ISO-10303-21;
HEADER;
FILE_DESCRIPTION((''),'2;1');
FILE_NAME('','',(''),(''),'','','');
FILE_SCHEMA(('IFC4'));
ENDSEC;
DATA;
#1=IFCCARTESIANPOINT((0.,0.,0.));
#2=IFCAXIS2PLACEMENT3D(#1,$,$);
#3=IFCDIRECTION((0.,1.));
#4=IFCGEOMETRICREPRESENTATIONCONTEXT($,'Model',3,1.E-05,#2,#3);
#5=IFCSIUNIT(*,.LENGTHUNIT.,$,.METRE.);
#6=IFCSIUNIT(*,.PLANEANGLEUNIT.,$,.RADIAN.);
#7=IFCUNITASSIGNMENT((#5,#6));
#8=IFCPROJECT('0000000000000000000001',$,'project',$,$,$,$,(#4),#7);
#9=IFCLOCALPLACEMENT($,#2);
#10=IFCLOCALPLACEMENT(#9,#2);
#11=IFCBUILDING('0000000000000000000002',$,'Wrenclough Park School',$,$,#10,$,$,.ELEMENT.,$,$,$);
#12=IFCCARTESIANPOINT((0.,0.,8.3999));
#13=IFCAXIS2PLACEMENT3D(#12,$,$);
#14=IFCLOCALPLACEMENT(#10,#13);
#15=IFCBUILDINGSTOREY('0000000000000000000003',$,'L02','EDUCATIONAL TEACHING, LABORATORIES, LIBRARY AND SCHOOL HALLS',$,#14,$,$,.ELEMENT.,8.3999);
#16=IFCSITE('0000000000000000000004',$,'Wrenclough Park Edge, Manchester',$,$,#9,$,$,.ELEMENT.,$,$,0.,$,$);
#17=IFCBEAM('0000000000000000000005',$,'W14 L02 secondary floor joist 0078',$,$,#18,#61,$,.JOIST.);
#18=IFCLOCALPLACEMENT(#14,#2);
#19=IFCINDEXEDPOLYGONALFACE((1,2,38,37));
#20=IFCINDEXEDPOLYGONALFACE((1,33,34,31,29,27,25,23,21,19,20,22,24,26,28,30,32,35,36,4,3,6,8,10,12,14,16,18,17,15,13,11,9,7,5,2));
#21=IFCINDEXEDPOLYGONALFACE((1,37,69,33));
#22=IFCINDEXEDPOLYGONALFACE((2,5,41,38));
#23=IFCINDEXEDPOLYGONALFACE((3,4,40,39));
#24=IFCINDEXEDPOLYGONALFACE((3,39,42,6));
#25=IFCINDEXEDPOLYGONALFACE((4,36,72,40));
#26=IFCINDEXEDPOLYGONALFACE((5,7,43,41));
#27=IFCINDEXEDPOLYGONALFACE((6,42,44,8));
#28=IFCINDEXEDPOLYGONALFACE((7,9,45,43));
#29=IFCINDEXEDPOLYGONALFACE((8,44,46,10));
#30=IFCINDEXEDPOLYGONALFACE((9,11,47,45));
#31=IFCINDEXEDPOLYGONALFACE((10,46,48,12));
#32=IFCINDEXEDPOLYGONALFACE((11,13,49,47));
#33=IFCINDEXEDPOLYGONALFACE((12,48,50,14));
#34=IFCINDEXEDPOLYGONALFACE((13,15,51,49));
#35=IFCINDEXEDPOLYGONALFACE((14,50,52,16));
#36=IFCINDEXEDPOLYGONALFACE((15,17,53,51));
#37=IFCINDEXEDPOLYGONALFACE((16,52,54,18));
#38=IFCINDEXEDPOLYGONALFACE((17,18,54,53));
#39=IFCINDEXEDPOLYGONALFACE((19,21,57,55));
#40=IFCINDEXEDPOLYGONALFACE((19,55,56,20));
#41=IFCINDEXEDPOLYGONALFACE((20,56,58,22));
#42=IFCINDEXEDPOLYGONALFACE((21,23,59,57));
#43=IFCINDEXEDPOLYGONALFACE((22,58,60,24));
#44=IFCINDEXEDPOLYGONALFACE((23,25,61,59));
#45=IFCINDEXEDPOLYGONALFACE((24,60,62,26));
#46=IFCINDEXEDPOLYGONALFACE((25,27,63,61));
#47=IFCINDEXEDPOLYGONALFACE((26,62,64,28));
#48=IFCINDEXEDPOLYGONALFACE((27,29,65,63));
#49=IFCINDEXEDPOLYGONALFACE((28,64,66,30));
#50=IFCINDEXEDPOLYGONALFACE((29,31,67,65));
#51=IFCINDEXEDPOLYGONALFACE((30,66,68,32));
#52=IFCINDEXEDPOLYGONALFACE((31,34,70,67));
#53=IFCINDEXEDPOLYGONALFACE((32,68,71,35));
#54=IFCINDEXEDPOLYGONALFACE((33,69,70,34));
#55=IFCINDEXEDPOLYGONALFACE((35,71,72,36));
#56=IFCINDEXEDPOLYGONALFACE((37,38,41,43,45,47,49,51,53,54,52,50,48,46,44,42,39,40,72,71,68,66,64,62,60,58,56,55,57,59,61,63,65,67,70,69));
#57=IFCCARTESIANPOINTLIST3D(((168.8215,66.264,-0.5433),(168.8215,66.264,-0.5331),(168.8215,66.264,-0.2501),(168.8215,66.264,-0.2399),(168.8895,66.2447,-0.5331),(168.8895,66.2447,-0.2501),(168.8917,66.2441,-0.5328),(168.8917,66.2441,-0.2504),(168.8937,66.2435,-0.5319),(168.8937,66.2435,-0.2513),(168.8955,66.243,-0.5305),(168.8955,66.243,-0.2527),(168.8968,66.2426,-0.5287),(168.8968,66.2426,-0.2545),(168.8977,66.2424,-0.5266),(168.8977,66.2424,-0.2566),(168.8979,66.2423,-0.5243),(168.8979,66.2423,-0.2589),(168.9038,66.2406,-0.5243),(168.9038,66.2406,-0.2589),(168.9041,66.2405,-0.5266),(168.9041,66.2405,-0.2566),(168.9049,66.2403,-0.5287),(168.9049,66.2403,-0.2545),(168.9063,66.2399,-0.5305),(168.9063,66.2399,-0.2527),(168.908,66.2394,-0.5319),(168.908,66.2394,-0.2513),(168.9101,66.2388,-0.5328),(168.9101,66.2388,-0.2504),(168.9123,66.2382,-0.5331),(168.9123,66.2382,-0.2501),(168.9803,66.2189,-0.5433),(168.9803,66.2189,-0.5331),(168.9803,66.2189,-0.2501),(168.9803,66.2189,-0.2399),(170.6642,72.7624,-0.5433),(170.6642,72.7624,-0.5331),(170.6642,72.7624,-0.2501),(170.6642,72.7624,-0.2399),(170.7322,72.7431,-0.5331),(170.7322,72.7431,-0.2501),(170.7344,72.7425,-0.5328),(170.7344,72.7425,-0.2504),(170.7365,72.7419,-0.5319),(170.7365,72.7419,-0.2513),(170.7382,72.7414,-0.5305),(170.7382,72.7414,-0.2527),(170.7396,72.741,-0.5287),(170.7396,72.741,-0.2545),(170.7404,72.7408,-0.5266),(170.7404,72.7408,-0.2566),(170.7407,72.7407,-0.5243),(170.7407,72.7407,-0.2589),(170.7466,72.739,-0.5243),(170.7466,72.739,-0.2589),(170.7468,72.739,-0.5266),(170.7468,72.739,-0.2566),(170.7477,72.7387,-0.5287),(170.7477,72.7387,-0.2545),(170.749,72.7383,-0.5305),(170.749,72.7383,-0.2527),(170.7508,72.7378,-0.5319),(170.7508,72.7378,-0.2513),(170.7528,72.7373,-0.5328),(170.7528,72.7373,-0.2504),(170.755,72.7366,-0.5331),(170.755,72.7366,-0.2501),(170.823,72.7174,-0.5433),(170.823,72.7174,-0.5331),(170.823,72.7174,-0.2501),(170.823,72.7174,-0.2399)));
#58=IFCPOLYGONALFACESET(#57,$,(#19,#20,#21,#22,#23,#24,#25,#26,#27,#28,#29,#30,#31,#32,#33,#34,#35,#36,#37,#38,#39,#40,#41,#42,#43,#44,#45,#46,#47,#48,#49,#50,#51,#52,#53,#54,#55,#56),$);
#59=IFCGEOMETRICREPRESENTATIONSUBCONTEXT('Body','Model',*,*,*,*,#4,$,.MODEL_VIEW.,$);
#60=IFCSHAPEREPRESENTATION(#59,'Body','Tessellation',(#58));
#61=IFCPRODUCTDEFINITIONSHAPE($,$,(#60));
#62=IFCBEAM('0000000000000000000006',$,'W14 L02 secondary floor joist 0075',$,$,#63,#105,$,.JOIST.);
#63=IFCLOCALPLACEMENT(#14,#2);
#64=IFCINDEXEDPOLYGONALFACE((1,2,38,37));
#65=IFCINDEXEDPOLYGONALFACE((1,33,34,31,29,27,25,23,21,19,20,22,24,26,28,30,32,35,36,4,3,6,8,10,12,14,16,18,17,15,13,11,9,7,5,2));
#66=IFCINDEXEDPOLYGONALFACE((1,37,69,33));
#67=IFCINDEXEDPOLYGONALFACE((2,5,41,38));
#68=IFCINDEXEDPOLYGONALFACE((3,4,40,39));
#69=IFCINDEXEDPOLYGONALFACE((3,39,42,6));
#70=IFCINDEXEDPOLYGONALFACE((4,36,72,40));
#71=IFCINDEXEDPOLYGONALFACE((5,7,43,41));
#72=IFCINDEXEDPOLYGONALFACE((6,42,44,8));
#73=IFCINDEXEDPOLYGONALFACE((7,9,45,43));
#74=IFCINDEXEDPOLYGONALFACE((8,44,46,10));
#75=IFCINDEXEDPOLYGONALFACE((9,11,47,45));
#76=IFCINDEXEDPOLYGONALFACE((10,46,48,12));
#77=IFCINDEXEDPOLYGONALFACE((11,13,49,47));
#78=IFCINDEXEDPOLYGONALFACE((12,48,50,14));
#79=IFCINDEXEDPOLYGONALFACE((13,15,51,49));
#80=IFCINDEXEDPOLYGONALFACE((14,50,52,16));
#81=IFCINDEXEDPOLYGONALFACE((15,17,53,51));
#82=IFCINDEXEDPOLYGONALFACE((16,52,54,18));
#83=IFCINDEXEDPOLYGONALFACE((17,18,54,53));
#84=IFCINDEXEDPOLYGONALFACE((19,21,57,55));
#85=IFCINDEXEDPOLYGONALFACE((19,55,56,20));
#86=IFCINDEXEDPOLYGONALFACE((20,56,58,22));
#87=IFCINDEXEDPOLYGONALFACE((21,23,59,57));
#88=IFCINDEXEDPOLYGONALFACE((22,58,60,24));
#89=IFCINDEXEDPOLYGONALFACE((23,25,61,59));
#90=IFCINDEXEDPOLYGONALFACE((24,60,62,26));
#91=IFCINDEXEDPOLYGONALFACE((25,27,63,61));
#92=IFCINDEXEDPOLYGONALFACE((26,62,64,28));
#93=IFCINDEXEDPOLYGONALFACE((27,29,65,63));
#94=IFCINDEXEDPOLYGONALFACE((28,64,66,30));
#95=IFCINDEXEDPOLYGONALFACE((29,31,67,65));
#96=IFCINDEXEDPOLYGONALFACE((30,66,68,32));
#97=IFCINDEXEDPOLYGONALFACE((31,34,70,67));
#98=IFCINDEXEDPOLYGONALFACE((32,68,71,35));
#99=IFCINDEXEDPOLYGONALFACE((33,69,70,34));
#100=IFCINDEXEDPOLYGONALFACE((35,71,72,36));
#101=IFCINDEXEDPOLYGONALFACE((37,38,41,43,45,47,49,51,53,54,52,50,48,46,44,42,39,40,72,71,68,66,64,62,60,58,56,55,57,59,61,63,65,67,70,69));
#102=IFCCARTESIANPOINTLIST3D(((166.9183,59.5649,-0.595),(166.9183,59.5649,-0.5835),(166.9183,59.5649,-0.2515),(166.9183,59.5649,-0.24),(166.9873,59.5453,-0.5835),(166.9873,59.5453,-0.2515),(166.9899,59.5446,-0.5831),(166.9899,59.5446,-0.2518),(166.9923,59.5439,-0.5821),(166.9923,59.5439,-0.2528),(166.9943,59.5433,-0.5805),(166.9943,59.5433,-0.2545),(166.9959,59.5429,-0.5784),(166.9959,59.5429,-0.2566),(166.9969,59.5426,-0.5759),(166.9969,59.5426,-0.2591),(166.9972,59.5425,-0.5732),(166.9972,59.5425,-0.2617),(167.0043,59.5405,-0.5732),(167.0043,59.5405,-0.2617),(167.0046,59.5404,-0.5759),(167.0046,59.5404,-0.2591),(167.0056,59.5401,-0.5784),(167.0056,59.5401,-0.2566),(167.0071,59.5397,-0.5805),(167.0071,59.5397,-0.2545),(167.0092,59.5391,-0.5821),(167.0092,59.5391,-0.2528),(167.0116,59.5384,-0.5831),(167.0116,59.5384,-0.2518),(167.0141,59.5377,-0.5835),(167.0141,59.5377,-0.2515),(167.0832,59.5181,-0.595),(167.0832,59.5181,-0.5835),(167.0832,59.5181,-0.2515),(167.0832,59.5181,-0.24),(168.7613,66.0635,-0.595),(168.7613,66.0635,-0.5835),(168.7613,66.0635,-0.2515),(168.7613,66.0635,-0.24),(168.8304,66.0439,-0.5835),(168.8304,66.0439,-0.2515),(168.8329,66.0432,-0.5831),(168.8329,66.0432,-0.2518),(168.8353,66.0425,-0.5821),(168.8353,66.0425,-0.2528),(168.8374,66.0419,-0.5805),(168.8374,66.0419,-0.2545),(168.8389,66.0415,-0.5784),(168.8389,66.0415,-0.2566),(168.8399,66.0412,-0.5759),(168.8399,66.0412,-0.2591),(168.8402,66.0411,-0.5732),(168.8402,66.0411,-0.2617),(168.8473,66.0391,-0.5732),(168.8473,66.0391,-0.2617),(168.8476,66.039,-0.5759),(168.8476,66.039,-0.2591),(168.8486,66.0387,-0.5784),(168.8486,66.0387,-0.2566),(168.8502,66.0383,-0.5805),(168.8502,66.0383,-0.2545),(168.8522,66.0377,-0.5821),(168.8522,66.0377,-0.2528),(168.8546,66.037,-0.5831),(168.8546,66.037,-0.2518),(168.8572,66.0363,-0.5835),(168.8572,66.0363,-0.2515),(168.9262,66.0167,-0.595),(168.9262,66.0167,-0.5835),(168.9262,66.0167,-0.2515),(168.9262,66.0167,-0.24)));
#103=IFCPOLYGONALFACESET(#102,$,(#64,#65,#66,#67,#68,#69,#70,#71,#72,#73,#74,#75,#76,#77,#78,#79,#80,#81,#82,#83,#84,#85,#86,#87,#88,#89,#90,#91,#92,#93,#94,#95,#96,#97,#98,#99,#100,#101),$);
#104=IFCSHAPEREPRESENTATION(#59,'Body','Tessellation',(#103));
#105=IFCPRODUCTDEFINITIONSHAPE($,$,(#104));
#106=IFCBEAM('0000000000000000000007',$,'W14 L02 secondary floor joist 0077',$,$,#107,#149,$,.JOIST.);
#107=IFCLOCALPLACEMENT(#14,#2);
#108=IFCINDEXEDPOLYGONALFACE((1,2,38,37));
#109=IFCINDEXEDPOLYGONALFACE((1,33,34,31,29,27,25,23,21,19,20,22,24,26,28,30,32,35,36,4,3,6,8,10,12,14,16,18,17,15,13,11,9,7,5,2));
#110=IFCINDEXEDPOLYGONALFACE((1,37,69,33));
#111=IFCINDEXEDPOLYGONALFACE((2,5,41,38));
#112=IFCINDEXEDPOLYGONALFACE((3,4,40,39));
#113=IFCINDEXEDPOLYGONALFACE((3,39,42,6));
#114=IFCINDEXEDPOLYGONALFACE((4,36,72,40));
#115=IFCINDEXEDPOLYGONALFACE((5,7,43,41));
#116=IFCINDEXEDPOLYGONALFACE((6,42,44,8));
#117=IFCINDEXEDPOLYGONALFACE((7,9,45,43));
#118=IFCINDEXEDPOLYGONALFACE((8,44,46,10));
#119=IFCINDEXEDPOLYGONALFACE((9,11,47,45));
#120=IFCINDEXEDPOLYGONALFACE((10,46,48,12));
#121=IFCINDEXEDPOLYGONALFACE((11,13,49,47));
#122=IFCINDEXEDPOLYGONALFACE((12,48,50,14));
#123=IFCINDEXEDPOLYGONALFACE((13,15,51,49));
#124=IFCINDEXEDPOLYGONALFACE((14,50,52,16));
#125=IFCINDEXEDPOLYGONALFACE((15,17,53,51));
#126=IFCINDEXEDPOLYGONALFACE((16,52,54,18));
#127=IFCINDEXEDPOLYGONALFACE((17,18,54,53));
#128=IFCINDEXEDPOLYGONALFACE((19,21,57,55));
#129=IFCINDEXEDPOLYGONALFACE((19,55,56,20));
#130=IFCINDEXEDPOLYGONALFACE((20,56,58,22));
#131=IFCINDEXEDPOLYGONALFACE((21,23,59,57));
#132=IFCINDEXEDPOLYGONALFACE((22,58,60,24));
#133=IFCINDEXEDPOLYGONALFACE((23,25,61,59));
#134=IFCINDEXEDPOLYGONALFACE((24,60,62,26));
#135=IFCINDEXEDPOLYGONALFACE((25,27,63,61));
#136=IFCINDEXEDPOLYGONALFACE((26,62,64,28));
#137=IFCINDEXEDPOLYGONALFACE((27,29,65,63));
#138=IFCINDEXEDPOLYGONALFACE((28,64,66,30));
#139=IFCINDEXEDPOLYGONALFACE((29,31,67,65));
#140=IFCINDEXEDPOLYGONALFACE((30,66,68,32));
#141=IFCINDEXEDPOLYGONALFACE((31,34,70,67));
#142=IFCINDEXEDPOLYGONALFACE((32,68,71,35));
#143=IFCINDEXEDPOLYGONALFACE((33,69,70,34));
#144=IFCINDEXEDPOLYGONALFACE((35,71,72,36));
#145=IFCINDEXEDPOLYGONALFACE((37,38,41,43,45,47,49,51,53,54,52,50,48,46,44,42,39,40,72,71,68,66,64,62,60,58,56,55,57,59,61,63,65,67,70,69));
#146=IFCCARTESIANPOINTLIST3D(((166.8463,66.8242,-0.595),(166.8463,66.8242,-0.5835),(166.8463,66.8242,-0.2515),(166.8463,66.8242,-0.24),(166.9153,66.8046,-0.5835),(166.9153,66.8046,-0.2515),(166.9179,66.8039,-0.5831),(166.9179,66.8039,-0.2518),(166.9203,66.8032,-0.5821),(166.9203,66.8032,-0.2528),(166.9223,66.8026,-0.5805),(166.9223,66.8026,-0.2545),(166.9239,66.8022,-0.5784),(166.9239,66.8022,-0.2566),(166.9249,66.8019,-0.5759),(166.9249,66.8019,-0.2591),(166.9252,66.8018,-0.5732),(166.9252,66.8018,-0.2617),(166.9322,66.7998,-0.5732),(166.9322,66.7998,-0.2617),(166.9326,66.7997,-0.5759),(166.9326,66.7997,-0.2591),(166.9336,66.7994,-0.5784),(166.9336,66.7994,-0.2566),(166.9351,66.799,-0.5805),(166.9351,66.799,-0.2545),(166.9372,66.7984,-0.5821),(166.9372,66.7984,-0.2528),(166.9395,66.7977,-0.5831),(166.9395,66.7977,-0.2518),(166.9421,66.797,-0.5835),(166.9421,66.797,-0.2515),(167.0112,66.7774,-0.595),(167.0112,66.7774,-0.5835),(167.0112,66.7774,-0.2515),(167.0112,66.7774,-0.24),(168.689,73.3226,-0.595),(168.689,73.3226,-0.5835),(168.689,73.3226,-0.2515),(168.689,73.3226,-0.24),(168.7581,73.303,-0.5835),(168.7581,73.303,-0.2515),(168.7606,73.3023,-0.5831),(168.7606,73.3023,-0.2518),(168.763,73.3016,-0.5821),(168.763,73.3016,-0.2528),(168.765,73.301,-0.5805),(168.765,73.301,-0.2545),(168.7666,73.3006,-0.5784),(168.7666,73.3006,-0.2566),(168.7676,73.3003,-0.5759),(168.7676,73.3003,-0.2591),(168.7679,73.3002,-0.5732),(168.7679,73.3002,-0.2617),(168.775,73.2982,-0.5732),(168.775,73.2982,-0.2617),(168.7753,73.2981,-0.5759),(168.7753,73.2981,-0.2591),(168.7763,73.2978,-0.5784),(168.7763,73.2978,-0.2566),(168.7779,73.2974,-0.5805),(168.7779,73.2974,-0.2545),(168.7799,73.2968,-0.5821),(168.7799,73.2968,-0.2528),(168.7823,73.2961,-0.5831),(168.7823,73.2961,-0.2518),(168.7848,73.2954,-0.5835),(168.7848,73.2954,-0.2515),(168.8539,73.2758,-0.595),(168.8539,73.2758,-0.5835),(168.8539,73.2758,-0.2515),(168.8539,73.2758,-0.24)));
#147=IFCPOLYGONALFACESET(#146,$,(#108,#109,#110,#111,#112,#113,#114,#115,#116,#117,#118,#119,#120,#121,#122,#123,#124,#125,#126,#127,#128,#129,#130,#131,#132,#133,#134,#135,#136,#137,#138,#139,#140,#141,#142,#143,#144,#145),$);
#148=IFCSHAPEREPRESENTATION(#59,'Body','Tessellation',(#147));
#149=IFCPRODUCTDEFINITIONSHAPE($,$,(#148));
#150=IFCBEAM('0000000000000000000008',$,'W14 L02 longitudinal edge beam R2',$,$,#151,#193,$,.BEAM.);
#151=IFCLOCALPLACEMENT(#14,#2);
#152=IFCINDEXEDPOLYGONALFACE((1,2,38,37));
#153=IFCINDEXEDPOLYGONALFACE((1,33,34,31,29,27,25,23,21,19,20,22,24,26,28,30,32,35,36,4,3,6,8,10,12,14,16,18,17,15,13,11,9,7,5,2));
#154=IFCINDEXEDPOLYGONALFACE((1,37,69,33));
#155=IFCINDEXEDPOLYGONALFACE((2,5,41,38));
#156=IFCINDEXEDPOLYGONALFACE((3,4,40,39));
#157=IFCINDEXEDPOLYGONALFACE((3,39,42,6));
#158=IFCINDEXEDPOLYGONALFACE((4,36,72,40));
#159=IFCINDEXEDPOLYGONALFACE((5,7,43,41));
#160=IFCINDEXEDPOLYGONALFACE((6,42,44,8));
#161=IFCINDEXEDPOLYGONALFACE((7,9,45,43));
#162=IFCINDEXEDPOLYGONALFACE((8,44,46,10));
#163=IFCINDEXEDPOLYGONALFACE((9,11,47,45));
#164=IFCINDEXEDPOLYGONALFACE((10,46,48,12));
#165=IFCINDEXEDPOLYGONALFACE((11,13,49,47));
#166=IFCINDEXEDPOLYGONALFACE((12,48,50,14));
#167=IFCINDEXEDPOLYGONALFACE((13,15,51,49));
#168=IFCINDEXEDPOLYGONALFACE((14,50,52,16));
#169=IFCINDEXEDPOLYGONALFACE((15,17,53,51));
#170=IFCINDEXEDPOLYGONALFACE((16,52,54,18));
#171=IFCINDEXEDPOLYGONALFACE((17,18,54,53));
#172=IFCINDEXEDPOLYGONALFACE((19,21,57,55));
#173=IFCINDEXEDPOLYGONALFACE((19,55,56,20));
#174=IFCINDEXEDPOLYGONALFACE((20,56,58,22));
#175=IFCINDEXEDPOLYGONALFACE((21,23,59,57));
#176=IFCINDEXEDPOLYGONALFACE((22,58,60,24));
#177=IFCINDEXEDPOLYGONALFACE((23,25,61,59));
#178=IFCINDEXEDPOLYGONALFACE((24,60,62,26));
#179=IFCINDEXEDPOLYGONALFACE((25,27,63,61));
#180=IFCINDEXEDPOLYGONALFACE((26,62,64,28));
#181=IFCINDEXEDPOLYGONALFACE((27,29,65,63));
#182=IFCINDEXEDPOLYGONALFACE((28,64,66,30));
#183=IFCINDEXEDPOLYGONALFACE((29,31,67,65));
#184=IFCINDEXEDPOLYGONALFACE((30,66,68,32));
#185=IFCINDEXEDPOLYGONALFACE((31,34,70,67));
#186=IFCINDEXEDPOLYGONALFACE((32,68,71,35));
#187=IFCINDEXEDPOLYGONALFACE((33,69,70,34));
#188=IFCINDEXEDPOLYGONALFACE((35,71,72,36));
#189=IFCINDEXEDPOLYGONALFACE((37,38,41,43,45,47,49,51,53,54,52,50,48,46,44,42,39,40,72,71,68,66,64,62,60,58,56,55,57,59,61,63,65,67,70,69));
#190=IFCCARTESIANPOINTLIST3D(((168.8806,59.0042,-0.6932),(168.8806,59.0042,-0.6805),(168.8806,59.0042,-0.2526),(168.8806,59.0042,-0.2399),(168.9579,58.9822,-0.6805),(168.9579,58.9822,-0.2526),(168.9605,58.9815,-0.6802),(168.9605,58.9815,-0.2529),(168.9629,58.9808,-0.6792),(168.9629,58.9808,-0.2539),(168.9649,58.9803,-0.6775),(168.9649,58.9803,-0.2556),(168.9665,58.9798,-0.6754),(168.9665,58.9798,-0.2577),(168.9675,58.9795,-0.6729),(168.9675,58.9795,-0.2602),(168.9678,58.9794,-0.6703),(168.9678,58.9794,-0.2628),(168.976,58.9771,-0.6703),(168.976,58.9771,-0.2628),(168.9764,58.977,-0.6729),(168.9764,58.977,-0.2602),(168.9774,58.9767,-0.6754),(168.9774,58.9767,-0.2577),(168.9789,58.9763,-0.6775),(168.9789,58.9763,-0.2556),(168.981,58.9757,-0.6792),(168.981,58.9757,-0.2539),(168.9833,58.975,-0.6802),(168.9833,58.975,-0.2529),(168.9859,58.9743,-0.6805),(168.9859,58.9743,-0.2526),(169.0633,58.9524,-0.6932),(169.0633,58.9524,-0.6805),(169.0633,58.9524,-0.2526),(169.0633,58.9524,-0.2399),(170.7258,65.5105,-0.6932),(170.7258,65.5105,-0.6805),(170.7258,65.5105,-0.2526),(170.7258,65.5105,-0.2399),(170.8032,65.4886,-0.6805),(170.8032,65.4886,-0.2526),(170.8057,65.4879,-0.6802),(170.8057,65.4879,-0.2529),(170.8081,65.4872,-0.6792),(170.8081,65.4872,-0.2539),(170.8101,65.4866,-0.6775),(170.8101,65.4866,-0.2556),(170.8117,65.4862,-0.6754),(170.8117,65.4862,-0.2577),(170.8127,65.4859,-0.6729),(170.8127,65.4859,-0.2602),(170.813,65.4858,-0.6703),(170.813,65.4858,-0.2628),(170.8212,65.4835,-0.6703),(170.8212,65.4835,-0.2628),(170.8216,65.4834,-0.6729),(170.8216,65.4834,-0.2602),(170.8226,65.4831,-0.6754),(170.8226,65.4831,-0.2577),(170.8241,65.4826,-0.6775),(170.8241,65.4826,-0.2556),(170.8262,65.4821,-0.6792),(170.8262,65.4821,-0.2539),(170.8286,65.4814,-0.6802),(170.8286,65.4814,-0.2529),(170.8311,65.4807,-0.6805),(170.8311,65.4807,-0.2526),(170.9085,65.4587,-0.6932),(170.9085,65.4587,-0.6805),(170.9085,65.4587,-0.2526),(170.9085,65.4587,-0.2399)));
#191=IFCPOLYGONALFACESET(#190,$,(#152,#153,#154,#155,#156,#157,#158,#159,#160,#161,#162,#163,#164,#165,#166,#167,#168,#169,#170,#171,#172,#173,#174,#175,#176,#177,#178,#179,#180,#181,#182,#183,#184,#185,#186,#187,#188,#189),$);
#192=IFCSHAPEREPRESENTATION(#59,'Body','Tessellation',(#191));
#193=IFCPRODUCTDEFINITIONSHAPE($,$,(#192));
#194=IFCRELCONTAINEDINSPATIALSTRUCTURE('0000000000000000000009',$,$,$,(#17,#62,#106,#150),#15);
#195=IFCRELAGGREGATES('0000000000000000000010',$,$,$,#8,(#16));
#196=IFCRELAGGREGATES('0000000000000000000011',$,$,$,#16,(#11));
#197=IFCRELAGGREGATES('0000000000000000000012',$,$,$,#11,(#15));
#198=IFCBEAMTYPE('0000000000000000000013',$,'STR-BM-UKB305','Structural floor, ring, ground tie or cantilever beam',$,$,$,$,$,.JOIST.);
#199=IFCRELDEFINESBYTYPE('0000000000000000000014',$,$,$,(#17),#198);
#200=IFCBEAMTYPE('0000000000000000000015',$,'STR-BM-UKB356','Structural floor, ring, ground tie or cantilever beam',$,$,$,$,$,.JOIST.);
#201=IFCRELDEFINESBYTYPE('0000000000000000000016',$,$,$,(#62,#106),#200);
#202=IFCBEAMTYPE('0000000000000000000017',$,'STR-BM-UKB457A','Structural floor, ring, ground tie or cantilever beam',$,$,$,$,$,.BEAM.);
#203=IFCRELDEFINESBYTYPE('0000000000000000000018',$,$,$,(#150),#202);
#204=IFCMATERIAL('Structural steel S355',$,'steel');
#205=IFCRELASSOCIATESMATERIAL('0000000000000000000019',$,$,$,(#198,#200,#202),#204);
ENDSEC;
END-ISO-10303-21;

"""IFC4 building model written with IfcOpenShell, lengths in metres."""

from ifc_helpers import new_model, si_unit, direction, frame, origin, origin_2d, place, context, subcontext, project, spatial, i_section, extrude, material, material_profile, profile_set, type_object, element, save


model = new_model("IFC4")

# Units and contexts
model_context = context("Model", 3, precision=1e-05, world=origin(), true_north=direction((0.0, 1.0)))
body_context = subcontext(model_context, "Body", "Model", "MODEL_VIEW")
ifc_project = project(units=[si_unit("LENGTHUNIT", "METRE"), si_unit("PLANEANGLEUNIT", "RADIAN")], contexts=[model_context])

# Site, building, storey
site_placement = place(None, origin())
site = spatial("IfcSite", under=ifc_project, at=site_placement, Name="Wrenclough Park Edge, Manchester", CompositionType="ELEMENT", RefElevation=0.0)
building_placement = place(site_placement, origin())
building = spatial("IfcBuilding", under=site, at=building_placement, Name="Wrenclough Park School", CompositionType="ELEMENT")
storey_placement = place(building_placement, frame((0.0, 0.0, 8.3999)))
storey = spatial("IfcBuildingStorey", under=building, at=storey_placement, Name="L02", Description="EDUCATIONAL TEACHING, LABORATORIES, LIBRARY AND SCHOOL HALLS", CompositionType="ELEMENT", Elevation=8.3999)

# Shared definitions
ifc_material_1 = material(Name="Structural steel S355", Category="steel")

# Beams
ifc_material_profile_1 = material_profile(ifc_material_1, i_section(OverallWidth=0.165, OverallDepth=0.3035, WebThickness=0.0061, FlangeThickness=0.0103, FilletRadius=0.0088, at=origin_2d()), Name="UKB 305x165x40")
ifc_profile_set_1 = profile_set([ifc_material_profile_1], Name="Structural steel S355")
beam_type_1 = type_object("IfcBeamType", Name="STR-BM-UKB305", Description="Structural floor, ring, ground tie or cantilever beam", PredefinedType="JOIST", material=ifc_profile_set_1)
beam_1_placement = place(storey_placement, frame((168.9009, 66.2415, -0.3916), z_axis=(0.272811, 0.962068, 0.0), x_axis=(-0.962068, 0.272811, 0.0)))
element("IfcBeam", 1, at=beam_1_placement, inside=storey, type_object=beam_type_1, Name="W14 L02 secondary floor joist 0078", PredefinedType="JOIST", context=body_context, shape_type="SweptSolid", body=[
    extrude(i_section(OverallWidth=0.165, OverallDepth=0.3035, WebThickness=0.0061, FlangeThickness=0.0103, FilletRadius=0.0088, at=origin_2d()), origin(), (0.0, 0.0, 1.0), 6.7546),
])
ifc_material_profile_2 = material_profile(ifc_material_1, i_section(OverallWidth=0.1714, OverallDepth=0.355, WebThickness=0.0073, FlangeThickness=0.0115, FilletRadius=0.0103, at=origin_2d()), Name="UKB 356x171x51")
ifc_profile_set_2 = profile_set([ifc_material_profile_2], Name="Structural steel S355")
beam_type_2 = type_object("IfcBeamType", Name="STR-BM-UKB356", Description="Structural floor, ring, ground tie or cantilever beam", PredefinedType="JOIST", material=ifc_profile_set_2)
beam_2_placement = place(storey_placement, frame((167.0007, 59.5415, -0.4175), z_axis=(0.272845, 0.962058, 0.0), x_axis=(-0.962058, 0.272845, 0.0)))
element("IfcBeam", 2, at=beam_2_placement, inside=storey, type_object=beam_type_2, Name="W14 L02 secondary floor joist 0075", PredefinedType="JOIST", context=body_context, shape_type="SweptSolid", body=[
    extrude(i_section(OverallWidth=0.1714, OverallDepth=0.355, WebThickness=0.0073, FlangeThickness=0.0115, FilletRadius=0.0103, at=origin_2d()), origin(), (0.0, 0.0, 1.0), 6.7549),
])
beam_3_placement = place(storey_placement, frame((166.9287, 66.8008, -0.4175), z_axis=(0.272811, 0.962068, 0.0), x_axis=(-0.962068, 0.272811, 0.0)))
element("IfcBeam", 3, at=beam_3_placement, inside=storey, type_object=beam_type_2, Name="W14 L02 secondary floor joist 0077", PredefinedType="JOIST", context=body_context, shape_type="SweptSolid", body=[
    extrude(i_section(OverallWidth=0.1714, OverallDepth=0.355, WebThickness=0.0073, FlangeThickness=0.0115, FilletRadius=0.0103, at=origin_2d()), origin(), (0.0, 0.0, 1.0), 6.7546),
])
ifc_material_profile_3 = material_profile(ifc_material_1, i_section(OverallWidth=0.1899, OverallDepth=0.4534, WebThickness=0.0085, FlangeThickness=0.0127, FilletRadius=0.0103, at=origin_2d()), Name="UKB 457x191x67")
ifc_profile_set_3 = profile_set([ifc_material_profile_3], Name="Structural steel S355")
beam_type_3 = type_object("IfcBeamType", Name="STR-BM-UKB457A", Description="Structural floor, ring, ground tie or cantilever beam", PredefinedType="BEAM", material=ifc_profile_set_3)
beam_4_placement = place(storey_placement, frame((168.9719, 58.9783, -0.4666), z_axis=(0.272842, 0.962059, 0.0), x_axis=(-0.962059, 0.272842, 0.0)))
element("IfcBeam", 4, at=beam_4_placement, inside=storey, type_object=beam_type_3, Name="W14 L02 longitudinal edge beam R2", PredefinedType="BEAM", context=body_context, shape_type="SweptSolid", body=[
    extrude(i_section(OverallWidth=0.1899, OverallDepth=0.4534, WebThickness=0.0085, FlangeThickness=0.0127, FilletRadius=0.0103, at=origin_2d()), origin(), (0.0, 0.0, 1.0), 6.7629),
])

save(model, "model.ifc")
